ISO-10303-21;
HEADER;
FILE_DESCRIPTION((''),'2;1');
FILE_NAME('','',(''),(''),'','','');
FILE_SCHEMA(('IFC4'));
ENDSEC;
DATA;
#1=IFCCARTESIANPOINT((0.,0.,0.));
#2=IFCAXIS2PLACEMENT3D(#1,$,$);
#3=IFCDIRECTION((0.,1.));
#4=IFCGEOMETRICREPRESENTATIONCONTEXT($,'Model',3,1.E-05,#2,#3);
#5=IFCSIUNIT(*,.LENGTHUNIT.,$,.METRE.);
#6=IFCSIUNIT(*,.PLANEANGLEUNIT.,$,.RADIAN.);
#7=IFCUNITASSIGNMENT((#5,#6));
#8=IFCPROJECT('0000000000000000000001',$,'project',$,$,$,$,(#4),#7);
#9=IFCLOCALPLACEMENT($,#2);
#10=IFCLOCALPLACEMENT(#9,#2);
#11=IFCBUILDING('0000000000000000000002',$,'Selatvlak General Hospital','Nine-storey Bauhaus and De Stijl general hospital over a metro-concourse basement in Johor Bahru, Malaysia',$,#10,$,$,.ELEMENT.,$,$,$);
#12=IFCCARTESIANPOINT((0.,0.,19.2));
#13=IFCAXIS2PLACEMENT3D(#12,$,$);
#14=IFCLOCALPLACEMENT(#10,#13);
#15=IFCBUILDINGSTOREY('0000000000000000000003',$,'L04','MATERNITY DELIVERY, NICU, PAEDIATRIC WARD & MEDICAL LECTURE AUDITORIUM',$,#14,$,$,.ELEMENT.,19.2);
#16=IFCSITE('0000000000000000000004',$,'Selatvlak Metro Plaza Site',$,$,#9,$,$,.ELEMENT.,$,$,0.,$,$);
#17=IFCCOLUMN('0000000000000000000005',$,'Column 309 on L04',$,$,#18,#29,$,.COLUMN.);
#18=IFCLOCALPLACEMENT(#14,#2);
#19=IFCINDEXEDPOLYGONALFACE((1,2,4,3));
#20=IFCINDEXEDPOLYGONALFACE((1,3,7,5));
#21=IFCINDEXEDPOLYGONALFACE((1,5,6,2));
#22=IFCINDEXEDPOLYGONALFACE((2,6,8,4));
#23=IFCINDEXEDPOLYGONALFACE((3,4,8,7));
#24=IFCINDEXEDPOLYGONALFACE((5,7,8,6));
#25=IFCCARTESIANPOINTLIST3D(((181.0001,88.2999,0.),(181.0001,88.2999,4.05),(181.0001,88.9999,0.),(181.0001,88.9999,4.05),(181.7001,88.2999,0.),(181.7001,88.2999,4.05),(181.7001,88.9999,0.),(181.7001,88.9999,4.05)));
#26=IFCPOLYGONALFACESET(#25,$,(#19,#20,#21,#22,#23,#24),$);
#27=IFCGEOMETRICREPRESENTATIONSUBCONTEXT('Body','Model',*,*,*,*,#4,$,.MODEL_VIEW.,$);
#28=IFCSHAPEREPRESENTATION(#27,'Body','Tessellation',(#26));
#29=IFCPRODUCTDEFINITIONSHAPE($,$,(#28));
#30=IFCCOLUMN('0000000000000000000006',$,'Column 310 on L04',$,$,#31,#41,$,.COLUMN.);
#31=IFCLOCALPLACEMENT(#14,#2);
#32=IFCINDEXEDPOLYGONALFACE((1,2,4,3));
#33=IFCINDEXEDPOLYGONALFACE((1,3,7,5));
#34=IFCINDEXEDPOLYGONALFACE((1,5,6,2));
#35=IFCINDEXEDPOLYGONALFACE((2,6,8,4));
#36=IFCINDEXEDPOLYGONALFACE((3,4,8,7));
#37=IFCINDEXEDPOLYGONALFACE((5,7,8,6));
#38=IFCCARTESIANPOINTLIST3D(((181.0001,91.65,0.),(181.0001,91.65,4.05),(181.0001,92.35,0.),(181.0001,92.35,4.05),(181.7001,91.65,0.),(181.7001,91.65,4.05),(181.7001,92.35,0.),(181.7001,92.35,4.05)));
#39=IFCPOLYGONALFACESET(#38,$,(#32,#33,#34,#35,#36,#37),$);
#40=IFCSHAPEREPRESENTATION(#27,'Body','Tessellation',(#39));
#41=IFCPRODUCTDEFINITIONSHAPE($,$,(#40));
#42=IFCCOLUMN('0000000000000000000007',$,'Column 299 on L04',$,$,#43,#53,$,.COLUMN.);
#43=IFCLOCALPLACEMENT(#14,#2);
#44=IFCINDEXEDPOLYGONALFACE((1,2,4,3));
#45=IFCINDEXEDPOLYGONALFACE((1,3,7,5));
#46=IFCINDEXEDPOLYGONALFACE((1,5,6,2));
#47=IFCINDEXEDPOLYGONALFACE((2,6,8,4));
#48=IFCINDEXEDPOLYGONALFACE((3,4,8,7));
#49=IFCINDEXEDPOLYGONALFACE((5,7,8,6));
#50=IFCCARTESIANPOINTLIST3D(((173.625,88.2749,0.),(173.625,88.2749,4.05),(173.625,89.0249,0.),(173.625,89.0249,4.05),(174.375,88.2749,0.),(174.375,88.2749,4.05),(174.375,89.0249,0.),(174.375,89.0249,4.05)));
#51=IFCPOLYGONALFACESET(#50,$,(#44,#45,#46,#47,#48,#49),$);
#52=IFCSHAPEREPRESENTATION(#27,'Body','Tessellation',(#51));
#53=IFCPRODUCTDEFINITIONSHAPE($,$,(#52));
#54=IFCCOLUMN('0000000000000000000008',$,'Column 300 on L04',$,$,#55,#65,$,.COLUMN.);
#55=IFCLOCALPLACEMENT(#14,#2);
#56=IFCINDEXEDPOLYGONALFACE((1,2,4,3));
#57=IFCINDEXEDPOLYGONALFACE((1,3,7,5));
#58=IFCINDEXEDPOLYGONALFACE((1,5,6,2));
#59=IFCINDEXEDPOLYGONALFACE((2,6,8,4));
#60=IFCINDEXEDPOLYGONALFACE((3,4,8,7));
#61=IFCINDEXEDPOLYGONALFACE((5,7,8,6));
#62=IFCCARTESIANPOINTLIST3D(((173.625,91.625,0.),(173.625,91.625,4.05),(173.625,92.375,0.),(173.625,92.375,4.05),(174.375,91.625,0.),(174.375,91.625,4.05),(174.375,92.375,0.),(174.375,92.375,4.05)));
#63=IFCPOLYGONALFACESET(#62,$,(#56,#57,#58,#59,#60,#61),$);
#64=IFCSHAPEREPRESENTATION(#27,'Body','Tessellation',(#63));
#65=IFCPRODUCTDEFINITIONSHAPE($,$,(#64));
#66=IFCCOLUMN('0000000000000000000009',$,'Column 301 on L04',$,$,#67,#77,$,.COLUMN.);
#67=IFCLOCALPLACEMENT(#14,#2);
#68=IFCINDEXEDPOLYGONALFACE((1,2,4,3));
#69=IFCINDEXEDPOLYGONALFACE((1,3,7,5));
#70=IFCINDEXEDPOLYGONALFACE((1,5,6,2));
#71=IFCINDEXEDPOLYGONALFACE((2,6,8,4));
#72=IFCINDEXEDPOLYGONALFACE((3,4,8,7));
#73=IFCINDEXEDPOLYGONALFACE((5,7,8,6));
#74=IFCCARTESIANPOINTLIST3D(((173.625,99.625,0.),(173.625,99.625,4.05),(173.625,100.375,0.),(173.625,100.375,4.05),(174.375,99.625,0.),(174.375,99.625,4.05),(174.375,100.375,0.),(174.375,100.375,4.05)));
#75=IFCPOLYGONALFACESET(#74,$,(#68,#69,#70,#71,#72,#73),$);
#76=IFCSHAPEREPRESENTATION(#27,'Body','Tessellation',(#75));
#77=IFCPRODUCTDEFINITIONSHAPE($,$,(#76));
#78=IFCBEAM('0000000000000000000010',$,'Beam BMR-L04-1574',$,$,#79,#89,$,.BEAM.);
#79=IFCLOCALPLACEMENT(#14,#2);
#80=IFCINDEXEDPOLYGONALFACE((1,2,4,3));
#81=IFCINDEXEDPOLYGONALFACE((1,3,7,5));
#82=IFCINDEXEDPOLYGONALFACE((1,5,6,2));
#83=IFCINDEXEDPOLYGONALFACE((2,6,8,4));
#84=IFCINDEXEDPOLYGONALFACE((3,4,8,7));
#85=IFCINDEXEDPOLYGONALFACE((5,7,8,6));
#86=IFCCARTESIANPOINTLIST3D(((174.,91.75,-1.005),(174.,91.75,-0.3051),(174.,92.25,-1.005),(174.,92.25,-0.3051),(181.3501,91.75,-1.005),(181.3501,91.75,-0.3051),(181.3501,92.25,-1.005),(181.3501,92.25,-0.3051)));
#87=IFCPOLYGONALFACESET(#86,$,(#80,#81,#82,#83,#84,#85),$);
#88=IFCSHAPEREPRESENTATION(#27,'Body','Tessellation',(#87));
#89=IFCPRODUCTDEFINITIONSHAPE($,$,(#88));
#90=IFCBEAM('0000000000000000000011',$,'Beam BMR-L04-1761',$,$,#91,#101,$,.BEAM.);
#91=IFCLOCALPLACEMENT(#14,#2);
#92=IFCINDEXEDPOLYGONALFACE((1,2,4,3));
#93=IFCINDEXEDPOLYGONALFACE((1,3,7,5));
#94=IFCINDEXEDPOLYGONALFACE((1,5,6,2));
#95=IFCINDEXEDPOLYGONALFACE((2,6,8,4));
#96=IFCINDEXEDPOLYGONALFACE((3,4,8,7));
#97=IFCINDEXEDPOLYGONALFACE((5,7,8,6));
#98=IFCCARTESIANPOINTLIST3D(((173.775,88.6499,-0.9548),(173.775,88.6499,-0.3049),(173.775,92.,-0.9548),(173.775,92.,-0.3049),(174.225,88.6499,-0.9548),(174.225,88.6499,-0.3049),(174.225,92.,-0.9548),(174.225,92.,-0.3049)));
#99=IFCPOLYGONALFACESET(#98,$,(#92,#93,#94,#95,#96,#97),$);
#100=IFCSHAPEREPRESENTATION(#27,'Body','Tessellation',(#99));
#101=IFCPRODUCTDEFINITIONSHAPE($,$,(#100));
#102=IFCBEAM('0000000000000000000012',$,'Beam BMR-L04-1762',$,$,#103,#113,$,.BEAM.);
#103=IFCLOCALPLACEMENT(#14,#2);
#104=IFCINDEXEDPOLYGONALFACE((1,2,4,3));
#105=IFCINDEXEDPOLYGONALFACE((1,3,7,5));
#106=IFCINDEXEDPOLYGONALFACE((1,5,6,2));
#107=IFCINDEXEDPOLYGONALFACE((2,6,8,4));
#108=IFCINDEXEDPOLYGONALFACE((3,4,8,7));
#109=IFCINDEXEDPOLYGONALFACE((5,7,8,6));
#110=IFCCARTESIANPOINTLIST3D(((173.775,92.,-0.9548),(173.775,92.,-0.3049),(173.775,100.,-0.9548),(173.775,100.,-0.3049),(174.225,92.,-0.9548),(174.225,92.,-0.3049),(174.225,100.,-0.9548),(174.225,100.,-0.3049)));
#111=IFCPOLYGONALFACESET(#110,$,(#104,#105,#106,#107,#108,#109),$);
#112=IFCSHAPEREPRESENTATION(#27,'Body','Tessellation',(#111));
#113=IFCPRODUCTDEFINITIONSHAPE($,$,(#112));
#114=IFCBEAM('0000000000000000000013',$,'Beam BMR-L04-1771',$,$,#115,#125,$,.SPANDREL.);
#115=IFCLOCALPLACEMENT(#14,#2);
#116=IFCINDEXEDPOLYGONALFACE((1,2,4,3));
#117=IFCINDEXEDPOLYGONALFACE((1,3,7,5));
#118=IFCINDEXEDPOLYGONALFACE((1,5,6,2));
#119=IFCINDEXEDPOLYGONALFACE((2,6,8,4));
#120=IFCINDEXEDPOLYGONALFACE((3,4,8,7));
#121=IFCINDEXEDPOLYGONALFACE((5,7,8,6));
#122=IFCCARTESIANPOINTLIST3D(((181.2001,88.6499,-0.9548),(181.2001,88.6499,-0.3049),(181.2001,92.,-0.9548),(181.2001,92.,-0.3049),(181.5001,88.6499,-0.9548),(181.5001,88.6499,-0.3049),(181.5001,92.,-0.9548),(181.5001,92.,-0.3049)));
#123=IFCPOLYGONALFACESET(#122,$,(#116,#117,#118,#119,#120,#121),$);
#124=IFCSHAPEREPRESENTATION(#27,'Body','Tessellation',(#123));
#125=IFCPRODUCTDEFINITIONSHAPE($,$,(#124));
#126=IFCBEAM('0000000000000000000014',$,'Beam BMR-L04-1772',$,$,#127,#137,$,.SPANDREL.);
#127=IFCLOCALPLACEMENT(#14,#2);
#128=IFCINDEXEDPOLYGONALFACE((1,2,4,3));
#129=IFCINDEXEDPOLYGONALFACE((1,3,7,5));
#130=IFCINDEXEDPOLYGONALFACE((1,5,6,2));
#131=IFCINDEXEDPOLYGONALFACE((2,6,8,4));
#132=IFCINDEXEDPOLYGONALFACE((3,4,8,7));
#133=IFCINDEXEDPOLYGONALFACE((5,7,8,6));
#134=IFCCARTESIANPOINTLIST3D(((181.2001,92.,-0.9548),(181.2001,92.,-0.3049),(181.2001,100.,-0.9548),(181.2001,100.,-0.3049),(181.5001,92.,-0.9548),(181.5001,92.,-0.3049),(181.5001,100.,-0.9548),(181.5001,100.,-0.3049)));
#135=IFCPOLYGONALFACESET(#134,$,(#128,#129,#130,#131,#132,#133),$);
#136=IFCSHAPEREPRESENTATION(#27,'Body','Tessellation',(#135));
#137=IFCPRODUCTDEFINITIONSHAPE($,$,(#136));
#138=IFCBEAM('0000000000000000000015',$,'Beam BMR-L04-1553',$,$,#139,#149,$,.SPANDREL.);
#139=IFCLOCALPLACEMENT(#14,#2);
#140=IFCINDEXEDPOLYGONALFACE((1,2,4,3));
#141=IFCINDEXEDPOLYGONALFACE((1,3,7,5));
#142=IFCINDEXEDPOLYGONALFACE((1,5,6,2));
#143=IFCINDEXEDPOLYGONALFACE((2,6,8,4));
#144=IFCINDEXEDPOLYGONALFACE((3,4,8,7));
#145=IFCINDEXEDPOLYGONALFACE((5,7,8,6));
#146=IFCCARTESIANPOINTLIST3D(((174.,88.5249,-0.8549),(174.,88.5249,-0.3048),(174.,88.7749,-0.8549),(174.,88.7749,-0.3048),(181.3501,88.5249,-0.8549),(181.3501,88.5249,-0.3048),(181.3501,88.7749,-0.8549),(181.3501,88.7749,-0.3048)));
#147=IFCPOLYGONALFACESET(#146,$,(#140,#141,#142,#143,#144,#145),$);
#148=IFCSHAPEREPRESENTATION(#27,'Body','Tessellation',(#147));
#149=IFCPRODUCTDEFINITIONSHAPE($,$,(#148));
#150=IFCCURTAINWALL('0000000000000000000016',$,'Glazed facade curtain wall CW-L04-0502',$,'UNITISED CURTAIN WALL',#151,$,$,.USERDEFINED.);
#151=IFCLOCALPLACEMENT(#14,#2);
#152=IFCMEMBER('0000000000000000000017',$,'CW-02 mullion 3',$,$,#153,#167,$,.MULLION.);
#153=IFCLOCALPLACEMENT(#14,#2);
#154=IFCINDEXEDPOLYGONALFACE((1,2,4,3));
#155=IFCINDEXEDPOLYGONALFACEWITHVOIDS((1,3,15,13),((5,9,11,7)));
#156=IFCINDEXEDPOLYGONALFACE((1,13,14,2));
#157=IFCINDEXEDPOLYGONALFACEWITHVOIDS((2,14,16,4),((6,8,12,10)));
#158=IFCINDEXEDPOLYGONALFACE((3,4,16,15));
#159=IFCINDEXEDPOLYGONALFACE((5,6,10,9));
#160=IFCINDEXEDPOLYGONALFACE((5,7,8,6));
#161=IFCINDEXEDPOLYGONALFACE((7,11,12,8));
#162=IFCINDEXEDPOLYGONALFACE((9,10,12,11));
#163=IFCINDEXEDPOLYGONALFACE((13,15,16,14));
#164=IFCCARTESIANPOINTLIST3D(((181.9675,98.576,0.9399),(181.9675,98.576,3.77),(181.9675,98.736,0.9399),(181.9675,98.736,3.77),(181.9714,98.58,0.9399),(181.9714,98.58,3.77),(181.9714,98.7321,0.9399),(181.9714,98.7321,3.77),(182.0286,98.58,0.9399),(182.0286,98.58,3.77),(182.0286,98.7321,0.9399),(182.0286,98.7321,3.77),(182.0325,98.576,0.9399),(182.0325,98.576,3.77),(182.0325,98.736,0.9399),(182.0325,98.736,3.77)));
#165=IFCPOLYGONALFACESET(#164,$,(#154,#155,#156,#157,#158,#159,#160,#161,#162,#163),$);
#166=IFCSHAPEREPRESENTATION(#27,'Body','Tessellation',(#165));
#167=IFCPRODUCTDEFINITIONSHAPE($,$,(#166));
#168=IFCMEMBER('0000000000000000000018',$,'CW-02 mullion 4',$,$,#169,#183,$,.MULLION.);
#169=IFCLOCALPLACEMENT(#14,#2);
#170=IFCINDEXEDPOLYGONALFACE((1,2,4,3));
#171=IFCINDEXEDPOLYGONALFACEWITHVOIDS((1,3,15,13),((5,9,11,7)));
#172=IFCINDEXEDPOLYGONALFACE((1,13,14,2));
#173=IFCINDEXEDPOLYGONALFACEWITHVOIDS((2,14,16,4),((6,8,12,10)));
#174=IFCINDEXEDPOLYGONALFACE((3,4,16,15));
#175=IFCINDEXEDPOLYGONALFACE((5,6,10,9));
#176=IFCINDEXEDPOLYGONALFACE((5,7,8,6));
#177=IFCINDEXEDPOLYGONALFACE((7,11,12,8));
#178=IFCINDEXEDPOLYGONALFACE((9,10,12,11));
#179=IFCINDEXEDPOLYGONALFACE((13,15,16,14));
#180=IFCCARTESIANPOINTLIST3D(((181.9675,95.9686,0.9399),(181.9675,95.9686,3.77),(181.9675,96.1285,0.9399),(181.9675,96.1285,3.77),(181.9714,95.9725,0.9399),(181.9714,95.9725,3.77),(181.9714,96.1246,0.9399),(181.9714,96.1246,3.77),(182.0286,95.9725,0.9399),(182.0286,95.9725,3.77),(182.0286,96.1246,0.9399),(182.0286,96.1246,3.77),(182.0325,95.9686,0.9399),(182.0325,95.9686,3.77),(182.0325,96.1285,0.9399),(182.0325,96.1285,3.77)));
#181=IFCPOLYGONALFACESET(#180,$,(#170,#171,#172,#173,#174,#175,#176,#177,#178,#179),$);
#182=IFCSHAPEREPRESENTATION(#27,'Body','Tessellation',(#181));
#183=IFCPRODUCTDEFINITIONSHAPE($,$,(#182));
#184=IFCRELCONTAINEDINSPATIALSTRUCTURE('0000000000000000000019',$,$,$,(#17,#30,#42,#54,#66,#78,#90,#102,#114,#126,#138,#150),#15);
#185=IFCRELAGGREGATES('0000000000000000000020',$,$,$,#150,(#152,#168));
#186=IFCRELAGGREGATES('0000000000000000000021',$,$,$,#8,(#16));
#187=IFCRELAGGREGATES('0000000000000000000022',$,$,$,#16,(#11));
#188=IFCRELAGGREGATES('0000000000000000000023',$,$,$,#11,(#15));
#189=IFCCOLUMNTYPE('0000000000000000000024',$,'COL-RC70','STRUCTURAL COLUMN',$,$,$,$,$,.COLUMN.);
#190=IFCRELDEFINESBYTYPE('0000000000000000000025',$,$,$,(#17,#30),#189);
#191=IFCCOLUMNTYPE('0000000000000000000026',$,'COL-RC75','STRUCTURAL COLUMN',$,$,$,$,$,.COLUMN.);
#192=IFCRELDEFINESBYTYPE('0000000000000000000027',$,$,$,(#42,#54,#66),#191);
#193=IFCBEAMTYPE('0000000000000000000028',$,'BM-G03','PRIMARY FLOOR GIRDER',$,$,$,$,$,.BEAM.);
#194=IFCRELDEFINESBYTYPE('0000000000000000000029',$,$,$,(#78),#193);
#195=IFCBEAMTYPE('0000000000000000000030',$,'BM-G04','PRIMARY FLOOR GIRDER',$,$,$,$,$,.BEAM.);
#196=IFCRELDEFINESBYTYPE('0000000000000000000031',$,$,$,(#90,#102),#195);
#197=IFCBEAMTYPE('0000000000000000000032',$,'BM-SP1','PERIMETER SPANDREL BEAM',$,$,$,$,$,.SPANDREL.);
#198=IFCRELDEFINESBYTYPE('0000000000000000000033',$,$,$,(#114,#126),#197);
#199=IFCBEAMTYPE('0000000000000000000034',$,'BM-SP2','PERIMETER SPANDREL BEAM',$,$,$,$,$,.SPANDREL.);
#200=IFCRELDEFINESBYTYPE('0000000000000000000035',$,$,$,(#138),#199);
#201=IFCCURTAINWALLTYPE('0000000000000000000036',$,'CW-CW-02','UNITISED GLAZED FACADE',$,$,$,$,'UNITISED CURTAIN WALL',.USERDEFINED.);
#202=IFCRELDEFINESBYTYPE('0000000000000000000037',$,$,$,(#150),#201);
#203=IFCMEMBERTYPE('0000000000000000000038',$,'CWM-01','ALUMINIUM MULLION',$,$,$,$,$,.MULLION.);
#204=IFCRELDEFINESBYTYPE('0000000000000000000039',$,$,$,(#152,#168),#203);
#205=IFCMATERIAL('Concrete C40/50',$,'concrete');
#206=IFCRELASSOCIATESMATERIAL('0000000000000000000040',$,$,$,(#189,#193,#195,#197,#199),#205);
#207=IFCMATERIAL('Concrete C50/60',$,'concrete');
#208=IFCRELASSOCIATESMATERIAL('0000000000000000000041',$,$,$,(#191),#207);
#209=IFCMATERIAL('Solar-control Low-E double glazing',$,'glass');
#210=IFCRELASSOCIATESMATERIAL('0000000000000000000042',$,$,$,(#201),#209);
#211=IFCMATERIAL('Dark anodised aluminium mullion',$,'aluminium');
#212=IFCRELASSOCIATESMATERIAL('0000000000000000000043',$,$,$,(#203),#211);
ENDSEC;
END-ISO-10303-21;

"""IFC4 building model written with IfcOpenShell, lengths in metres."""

from ifc_helpers import new_model, si_unit, direction, frame, origin, origin_2d, place, context, subcontext, project, spatial, rectangle, hollow_rectangle, extrude, material, material_profile, profile_set, type_object, element, aggregate, save


model = new_model("IFC4")

# Units and contexts
model_context = context("Model", 3, precision=1e-05, world=origin(), true_north=direction((0.0, 1.0)))
body_context = subcontext(model_context, "Body", "Model", "MODEL_VIEW")
ifc_project = project(units=[si_unit("LENGTHUNIT", "METRE"), si_unit("PLANEANGLEUNIT", "RADIAN")], contexts=[model_context])

# Site, building, storey
site_placement = place(None, origin())
site = spatial("IfcSite", under=ifc_project, at=site_placement, Name="Selatvlak Metro Plaza Site", CompositionType="ELEMENT", RefElevation=0.0)
building_placement = place(site_placement, origin())
building = spatial("IfcBuilding", under=site, at=building_placement, Name="Selatvlak General Hospital", Description="Nine-storey Bauhaus and De Stijl general hospital over a metro-concourse basement in Johor Bahru, Malaysia", CompositionType="ELEMENT")
storey_placement = place(building_placement, frame((0.0, 0.0, 19.2)))
storey = spatial("IfcBuildingStorey", under=building, at=storey_placement, Name="L04", Description="MATERNITY DELIVERY, NICU, PAEDIATRIC WARD & MEDICAL LECTURE AUDITORIUM", CompositionType="ELEMENT", Elevation=19.2)

# Columns
ifc_material_1 = material(Name="Concrete C40/50", Category="concrete")
ifc_material_profile_1 = material_profile(ifc_material_1, rectangle(XDim=0.7, YDim=0.7, at=origin_2d()), Name="RC-COL 700x700")
ifc_profile_set_1 = profile_set([ifc_material_profile_1], Name="Concrete C40/50")
column_type_1 = type_object("IfcColumnType", Name="COL-RC70", Description="STRUCTURAL COLUMN", PredefinedType="COLUMN", material=ifc_profile_set_1)
for number, where, z_axis, x_axis, name in (
    (1, (181.3501, 88.6499, 0.0), (0.0, 0.0, 1.0), (1.0, 0.0, 0.0), "Column 309 on L04"),
    (2, (181.3501, 92.0, 0.0), (0.0, 0.0, 1.0), (1.0, 0.0, 0.0), "Column 310 on L04"),
):
    element("IfcColumn", number, at=place(storey_placement, frame(where, z_axis=z_axis, x_axis=x_axis)), inside=storey, type_object=column_type_1, Name=name, PredefinedType="COLUMN", context=body_context, shape_type="SweptSolid", body=[
        extrude(rectangle(XDim=0.7, YDim=0.7, at=origin_2d()), origin(), (0.0, 0.0, 1.0), 4.05),
    ])
ifc_material_2 = material(Name="Concrete C50/60", Category="concrete")
ifc_material_profile_2 = material_profile(ifc_material_2, rectangle(XDim=0.75, YDim=0.75, at=origin_2d()), Name="RC-COL 750x750")
ifc_profile_set_2 = profile_set([ifc_material_profile_2], Name="Concrete C50/60")
column_type_2 = type_object("IfcColumnType", Name="COL-RC75", Description="STRUCTURAL COLUMN", PredefinedType="COLUMN", material=ifc_profile_set_2)
for number, where, z_axis, x_axis, name in (
    (3, (174.0, 88.6499, 0.0), (0.0, 0.0, 1.0), (1.0, 0.0, 0.0), "Column 299 on L04"),
    (4, (174.0, 92.0, 0.0), (0.0, 0.0, 1.0), (1.0, 0.0, 0.0), "Column 300 on L04"),
    (5, (174.0, 100.0, 0.0), (0.0, 0.0, 1.0), (1.0, 0.0, 0.0), "Column 301 on L04"),
):
    element("IfcColumn", number, at=place(storey_placement, frame(where, z_axis=z_axis, x_axis=x_axis)), inside=storey, type_object=column_type_2, Name=name, PredefinedType="COLUMN", context=body_context, shape_type="SweptSolid", body=[
        extrude(rectangle(XDim=0.75, YDim=0.75, at=origin_2d()), origin(), (0.0, 0.0, 1.0), 4.05),
    ])

# Beams
ifc_material_profile_3 = material_profile(ifc_material_1, rectangle(XDim=0.5, YDim=0.7, at=origin_2d()), Name="RC-BM 500x700")
ifc_profile_set_3 = profile_set([ifc_material_profile_3], Name="Concrete C40/50")
beam_type_1 = type_object("IfcBeamType", Name="BM-G03", Description="PRIMARY FLOOR GIRDER", PredefinedType="BEAM", material=ifc_profile_set_3)
beam_1_placement = place(storey_placement, frame((174.0, 92.0, -0.655), z_axis=(1.0, 0.0, 0.0), x_axis=(0.0, 1.0, 0.0)))
element("IfcBeam", 6, at=beam_1_placement, inside=storey, type_object=beam_type_1, Name="Beam BMR-L04-1574", PredefinedType="BEAM", context=body_context, shape_type="SweptSolid", body=[
    extrude(rectangle(XDim=0.5, YDim=0.7, at=origin_2d()), origin(), (0.0, 0.0, 1.0), 7.3501),
])
ifc_material_profile_4 = material_profile(ifc_material_1, rectangle(XDim=0.45, YDim=0.6499, at=origin_2d()), Name="RC-BM 450x650")
ifc_profile_set_4 = profile_set([ifc_material_profile_4], Name="Concrete C40/50")
beam_type_2 = type_object("IfcBeamType", Name="BM-G04", Description="PRIMARY FLOOR GIRDER", PredefinedType="BEAM", material=ifc_profile_set_4)
beam_2_placement = place(storey_placement, frame((174.0, 88.6499, -0.6299), z_axis=(0.0, 1.0, 0.0), x_axis=(-1.0, 0.0, 0.0)))
element("IfcBeam", 7, at=beam_2_placement, inside=storey, type_object=beam_type_2, Name="Beam BMR-L04-1761", PredefinedType="BEAM", context=body_context, shape_type="SweptSolid", body=[
    extrude(rectangle(XDim=0.45, YDim=0.6499, at=origin_2d()), origin(), (0.0, 0.0, 1.0), 3.3501),
])
beam_3_placement = place(storey_placement, frame((174.0, 92.0, -0.6299), z_axis=(0.0, 1.0, 0.0), x_axis=(-1.0, 0.0, 0.0)))
element("IfcBeam", 8, at=beam_3_placement, inside=storey, type_object=beam_type_2, Name="Beam BMR-L04-1762", PredefinedType="BEAM", context=body_context, shape_type="SweptSolid", body=[
    extrude(rectangle(XDim=0.45, YDim=0.6499, at=origin_2d()), origin(), (0.0, 0.0, 1.0), 8.0),
])
ifc_material_profile_5 = material_profile(ifc_material_1, rectangle(XDim=0.3, YDim=0.6499, at=origin_2d()), Name="RC-SP 300x650")
ifc_profile_set_5 = profile_set([ifc_material_profile_5], Name="Concrete C40/50")
beam_type_3 = type_object("IfcBeamType", Name="BM-SP1", Description="PERIMETER SPANDREL BEAM", PredefinedType="SPANDREL", material=ifc_profile_set_5)
beam_4_placement = place(storey_placement, frame((181.3501, 88.6499, -0.6299), z_axis=(0.0, 1.0, 0.0), x_axis=(-1.0, 0.0, 0.0)))
element("IfcBeam", 9, at=beam_4_placement, inside=storey, type_object=beam_type_3, Name="Beam BMR-L04-1771", PredefinedType="SPANDREL", context=body_context, shape_type="SweptSolid", body=[
    extrude(rectangle(XDim=0.3, YDim=0.6499, at=origin_2d()), origin(), (0.0, 0.0, 1.0), 3.3501),
])
beam_5_placement = place(storey_placement, frame((181.3501, 92.0, -0.6299), z_axis=(0.0, 1.0, 0.0), x_axis=(-1.0, 0.0, 0.0)))
element("IfcBeam", 10, at=beam_5_placement, inside=storey, type_object=beam_type_3, Name="Beam BMR-L04-1772", PredefinedType="SPANDREL", context=body_context, shape_type="SweptSolid", body=[
    extrude(rectangle(XDim=0.3, YDim=0.6499, at=origin_2d()), origin(), (0.0, 0.0, 1.0), 8.0),
])
ifc_material_profile_6 = material_profile(ifc_material_1, rectangle(XDim=0.25, YDim=0.55, at=origin_2d()), Name="RC-SP 250x550")
ifc_profile_set_6 = profile_set([ifc_material_profile_6], Name="Concrete C40/50")
beam_type_4 = type_object("IfcBeamType", Name="BM-SP2", Description="PERIMETER SPANDREL BEAM", PredefinedType="SPANDREL", material=ifc_profile_set_6)
beam_6_placement = place(storey_placement, frame((174.0, 88.6499, -0.5798), z_axis=(1.0, 0.0, 0.0), x_axis=(0.0, 1.0, 0.0)))
element("IfcBeam", 11, at=beam_6_placement, inside=storey, type_object=beam_type_4, Name="Beam BMR-L04-1553", PredefinedType="SPANDREL", context=body_context, shape_type="SweptSolid", body=[
    extrude(rectangle(XDim=0.25, YDim=0.55, at=origin_2d()), origin(), (0.0, 0.0, 1.0), 7.3501),
])

# Curtain wall, members
ifc_material_3 = material(Name="Solar-control Low-E double glazing", Category="glass")
curtain_wall_type_1 = type_object("IfcCurtainWallType", Name="CW-CW-02", Description="UNITISED GLAZED FACADE", ElementType="UNITISED CURTAIN WALL", PredefinedType="USERDEFINED", material=ifc_material_3)
curtain_wall_1_placement = place(storey_placement, origin())
curtain_wall_1 = element("IfcCurtainWall", 12, at=curtain_wall_1_placement, inside=storey, type_object=curtain_wall_type_1, Name="Glazed facade curtain wall CW-L04-0502", ObjectType="UNITISED CURTAIN WALL", PredefinedType="USERDEFINED")
ifc_material_4 = material(Name="Dark anodised aluminium mullion", Category="aluminium")
ifc_material_profile_7 = material_profile(ifc_material_4, hollow_rectangle(XDim=0.0649, YDim=0.1599, WallThickness=0.0039, at=origin_2d()), Name="AL-MUL 65x160x4")
ifc_profile_set_7 = profile_set([ifc_material_profile_7], Name="Dark anodised aluminium mullion")
member_type_1 = type_object("IfcMemberType", Name="CWM-01", Description="ALUMINIUM MULLION", PredefinedType="MULLION", material=ifc_profile_set_7)
member_1_placement = place(storey_placement, frame((182.0, 98.656, 0.9399), z_axis=(0.0, 0.0, 1.0), x_axis=(1.0, 0.0, 0.0)))
member_1 = element("IfcMember", 13, at=member_1_placement, type_object=member_type_1, Name="CW-02 mullion 3", PredefinedType="MULLION", context=body_context, shape_type="SweptSolid", body=[
    extrude(hollow_rectangle(XDim=0.0649, YDim=0.1599, WallThickness=0.0039, at=origin_2d()), origin(), (0.0, 0.0, 1.0), 2.8301),
])
member_2_placement = place(storey_placement, frame((182.0, 96.0486, 0.9399), z_axis=(0.0, 0.0, 1.0), x_axis=(1.0, 0.0, 0.0)))
member_2 = element("IfcMember", 14, at=member_2_placement, type_object=member_type_1, Name="CW-02 mullion 4", PredefinedType="MULLION", context=body_context, shape_type="SweptSolid", body=[
    extrude(hollow_rectangle(XDim=0.0649, YDim=0.1599, WallThickness=0.0039, at=origin_2d()), origin(), (0.0, 0.0, 1.0), 2.8301),
])

aggregate(curtain_wall_1, [member_1, member_2])

save(model, "model.ifc")
